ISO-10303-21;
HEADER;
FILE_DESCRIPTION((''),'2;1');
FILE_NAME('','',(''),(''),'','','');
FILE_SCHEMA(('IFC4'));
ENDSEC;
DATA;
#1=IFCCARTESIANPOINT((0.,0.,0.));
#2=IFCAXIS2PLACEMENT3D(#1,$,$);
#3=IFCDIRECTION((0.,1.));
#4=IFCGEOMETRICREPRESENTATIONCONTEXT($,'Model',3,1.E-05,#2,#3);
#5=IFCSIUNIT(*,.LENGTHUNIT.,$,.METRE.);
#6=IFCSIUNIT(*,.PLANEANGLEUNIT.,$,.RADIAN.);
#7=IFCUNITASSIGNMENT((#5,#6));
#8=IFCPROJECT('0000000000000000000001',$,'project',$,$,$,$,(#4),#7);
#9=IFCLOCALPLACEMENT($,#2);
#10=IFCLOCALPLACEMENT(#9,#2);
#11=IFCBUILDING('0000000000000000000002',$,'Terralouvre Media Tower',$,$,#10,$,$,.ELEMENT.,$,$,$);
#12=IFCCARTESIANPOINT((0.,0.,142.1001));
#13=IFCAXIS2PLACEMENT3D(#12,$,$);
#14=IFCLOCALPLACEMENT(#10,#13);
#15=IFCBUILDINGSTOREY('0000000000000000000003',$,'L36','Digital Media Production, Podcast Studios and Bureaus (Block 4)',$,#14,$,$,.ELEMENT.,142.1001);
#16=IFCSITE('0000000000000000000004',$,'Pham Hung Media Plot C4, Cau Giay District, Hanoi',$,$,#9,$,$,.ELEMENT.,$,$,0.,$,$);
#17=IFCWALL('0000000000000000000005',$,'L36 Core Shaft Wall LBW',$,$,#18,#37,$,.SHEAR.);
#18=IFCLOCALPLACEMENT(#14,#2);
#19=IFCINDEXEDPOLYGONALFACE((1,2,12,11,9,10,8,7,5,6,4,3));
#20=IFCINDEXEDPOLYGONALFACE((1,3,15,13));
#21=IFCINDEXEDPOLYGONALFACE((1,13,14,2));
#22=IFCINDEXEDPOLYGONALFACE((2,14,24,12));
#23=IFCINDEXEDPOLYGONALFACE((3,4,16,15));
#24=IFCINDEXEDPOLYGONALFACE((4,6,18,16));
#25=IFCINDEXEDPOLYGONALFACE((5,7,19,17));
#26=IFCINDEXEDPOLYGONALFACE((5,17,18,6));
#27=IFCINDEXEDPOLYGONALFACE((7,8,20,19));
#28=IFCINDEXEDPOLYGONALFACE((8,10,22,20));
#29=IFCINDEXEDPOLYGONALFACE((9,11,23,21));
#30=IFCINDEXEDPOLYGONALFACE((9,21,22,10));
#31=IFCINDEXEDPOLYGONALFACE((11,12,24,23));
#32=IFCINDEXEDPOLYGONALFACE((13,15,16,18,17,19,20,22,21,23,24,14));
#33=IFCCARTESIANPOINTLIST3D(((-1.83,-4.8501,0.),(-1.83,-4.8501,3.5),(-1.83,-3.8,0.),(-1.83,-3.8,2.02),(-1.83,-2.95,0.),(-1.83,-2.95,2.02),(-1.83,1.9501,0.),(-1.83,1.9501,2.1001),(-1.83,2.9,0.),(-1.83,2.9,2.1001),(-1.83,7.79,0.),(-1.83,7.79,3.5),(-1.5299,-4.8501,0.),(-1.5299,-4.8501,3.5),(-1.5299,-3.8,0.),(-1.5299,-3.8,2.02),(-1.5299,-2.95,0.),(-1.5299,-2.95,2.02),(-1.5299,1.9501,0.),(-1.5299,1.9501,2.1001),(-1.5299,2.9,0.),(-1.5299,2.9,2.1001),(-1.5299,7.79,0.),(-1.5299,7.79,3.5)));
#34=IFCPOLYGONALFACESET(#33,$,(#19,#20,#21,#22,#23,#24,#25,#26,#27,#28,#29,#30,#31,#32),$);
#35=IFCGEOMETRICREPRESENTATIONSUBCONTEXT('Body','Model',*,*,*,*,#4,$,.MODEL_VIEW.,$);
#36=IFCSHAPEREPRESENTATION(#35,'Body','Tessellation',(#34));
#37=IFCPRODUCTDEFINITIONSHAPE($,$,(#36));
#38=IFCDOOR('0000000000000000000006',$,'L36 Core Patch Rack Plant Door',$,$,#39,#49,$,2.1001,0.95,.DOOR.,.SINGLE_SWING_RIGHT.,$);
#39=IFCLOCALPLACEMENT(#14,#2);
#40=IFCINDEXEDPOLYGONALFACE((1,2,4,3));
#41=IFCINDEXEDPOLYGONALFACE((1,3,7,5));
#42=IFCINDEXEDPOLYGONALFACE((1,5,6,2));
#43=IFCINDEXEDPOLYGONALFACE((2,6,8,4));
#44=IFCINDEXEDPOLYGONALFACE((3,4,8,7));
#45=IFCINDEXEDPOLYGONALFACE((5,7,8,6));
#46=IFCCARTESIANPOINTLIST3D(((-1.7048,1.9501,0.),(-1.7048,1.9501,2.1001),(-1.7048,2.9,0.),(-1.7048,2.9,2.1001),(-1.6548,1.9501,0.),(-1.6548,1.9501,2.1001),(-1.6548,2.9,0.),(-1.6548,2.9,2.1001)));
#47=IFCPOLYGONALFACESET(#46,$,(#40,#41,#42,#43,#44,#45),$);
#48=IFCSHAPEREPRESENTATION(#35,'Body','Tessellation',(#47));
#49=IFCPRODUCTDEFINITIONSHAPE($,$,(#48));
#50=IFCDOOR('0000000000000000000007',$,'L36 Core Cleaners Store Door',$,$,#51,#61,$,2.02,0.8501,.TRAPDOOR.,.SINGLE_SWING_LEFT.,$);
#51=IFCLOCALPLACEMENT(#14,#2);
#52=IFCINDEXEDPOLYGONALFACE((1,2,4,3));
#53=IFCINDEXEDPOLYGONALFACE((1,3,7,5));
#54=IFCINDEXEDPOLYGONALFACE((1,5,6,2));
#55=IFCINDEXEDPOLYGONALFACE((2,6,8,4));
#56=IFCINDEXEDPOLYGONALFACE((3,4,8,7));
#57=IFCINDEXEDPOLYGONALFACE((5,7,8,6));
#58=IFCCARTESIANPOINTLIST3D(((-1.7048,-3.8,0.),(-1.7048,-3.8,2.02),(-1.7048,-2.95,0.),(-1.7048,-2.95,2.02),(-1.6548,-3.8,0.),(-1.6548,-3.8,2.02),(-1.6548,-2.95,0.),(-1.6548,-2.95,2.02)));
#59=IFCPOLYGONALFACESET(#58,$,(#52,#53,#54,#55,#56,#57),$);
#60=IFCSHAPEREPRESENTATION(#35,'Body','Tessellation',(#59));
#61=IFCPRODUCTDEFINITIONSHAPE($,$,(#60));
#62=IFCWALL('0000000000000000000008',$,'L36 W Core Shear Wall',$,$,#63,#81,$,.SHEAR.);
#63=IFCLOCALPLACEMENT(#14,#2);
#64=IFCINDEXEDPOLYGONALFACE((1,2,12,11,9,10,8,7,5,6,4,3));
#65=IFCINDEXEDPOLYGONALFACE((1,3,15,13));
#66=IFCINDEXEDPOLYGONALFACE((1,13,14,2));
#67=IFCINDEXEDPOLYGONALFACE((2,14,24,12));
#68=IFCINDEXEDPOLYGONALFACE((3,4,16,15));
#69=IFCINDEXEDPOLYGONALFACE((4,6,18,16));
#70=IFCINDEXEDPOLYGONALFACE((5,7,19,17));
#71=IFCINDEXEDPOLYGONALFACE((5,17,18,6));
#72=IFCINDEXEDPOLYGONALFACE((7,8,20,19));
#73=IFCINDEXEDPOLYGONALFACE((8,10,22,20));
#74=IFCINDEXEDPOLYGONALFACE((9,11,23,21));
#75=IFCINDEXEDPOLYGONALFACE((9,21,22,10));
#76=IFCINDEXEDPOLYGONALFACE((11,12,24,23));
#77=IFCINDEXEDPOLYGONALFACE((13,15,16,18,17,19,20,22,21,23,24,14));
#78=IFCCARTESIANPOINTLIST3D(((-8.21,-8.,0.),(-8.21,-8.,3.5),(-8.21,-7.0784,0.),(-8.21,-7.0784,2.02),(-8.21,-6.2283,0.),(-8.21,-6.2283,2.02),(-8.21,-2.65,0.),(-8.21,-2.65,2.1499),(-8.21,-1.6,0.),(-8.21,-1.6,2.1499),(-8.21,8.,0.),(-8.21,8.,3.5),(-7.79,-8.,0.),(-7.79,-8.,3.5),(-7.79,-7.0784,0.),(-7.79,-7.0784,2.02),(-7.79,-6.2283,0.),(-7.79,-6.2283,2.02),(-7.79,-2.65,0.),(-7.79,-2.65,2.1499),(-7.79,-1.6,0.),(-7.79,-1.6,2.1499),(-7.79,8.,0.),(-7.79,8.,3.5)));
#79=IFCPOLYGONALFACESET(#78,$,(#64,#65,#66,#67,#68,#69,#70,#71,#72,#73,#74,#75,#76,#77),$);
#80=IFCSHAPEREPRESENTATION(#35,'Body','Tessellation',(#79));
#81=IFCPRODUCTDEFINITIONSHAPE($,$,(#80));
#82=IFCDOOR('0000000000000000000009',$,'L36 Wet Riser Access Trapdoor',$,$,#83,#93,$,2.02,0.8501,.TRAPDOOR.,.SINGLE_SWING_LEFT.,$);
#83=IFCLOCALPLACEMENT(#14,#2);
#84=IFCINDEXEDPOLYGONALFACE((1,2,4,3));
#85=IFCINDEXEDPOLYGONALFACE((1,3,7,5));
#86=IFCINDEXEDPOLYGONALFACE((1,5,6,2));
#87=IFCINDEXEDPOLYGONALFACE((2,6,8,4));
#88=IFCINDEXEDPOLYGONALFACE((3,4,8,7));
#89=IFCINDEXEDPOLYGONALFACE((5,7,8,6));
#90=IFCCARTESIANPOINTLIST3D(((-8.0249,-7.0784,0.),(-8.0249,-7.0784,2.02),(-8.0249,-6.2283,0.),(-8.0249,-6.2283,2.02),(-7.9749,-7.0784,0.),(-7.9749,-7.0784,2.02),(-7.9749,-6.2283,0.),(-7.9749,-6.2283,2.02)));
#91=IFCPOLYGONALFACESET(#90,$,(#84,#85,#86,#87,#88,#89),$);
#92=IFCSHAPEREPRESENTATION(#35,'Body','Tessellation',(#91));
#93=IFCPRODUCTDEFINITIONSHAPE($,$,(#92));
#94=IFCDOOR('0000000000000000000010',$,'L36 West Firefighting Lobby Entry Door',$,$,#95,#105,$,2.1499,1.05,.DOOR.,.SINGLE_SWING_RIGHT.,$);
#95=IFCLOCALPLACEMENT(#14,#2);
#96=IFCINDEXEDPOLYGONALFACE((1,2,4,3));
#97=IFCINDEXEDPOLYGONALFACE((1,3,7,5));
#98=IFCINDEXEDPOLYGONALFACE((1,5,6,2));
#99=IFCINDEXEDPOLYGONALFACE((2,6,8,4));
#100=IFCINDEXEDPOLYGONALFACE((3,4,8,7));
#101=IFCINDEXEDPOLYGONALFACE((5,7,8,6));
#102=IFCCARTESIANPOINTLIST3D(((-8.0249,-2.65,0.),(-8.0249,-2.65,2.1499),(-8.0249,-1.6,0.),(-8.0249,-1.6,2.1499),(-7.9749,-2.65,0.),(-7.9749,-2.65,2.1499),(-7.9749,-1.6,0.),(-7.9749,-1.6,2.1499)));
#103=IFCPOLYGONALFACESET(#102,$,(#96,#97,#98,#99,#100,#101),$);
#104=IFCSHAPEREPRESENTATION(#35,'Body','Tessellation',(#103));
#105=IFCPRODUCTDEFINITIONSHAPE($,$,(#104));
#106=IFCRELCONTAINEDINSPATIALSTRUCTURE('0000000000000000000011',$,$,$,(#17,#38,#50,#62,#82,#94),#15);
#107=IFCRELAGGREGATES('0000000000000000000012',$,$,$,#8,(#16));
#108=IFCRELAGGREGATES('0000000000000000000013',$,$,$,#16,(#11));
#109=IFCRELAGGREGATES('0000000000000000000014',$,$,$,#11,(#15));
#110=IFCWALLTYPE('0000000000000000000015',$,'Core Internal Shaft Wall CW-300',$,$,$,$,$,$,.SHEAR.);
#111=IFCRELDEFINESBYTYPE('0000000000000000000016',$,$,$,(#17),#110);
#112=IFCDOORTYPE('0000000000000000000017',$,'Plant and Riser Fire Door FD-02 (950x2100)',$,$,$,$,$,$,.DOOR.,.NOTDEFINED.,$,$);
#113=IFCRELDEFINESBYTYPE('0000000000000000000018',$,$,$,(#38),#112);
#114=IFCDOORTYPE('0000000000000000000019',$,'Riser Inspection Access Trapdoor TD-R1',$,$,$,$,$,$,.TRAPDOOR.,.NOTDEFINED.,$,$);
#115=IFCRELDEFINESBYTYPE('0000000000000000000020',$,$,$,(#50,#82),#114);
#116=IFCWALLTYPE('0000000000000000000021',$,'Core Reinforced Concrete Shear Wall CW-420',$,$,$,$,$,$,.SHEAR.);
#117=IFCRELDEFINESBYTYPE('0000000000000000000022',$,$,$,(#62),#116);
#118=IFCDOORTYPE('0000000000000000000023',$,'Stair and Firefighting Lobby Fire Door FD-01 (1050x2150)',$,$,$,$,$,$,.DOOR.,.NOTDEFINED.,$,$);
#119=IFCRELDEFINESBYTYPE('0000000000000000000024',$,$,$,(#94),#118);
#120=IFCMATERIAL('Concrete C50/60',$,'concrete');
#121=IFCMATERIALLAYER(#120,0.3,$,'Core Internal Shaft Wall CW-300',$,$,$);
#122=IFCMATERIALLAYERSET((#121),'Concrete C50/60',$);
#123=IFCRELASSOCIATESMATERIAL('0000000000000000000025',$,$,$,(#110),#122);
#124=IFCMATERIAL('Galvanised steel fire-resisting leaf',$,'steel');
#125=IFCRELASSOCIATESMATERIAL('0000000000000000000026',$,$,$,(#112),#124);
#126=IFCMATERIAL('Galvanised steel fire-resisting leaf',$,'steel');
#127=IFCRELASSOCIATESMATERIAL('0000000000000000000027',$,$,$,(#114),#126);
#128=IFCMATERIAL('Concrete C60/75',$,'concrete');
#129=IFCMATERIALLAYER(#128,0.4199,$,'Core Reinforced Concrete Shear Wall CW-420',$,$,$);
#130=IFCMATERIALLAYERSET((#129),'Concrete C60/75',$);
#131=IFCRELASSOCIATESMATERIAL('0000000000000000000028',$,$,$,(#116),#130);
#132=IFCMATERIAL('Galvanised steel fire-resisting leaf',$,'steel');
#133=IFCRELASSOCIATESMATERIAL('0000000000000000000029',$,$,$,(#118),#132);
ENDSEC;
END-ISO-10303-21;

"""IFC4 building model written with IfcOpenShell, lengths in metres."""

from ifc_helpers import new_model, si_unit, direction, frame, frame_2d, origin, place, context, subcontext, project, spatial, rectangle, extrude, material, layer, layer_set, type_object, element, fill, save


model = new_model("IFC4")

# Units and contexts
model_context = context("Model", 3, precision=1e-05, world=origin(), true_north=direction((0.0, 1.0)))
body_context = subcontext(model_context, "Body", "Model", "MODEL_VIEW")
ifc_project = project(units=[si_unit("LENGTHUNIT", "METRE"), si_unit("PLANEANGLEUNIT", "RADIAN")], contexts=[model_context])

# Site, building, storey
site_placement = place(None, origin())
site = spatial("IfcSite", under=ifc_project, at=site_placement, Name="Pham Hung Media Plot C4, Cau Giay District, Hanoi", CompositionType="ELEMENT", RefElevation=0.0)
building_placement = place(site_placement, origin())
building = spatial("IfcBuilding", under=site, at=building_placement, Name="Terralouvre Media Tower", CompositionType="ELEMENT")
storey_placement = place(building_placement, frame((0.0, 0.0, 142.1001)))
storey = spatial("IfcBuildingStorey", under=building, at=storey_placement, Name="L36", Description="Digital Media Production, Podcast Studios and Bureaus (Block 4)", CompositionType="ELEMENT", Elevation=142.1001)

# Shared definitions
ifc_material_1 = material(Name="Concrete C50/60", Category="concrete")
ifc_layer_1 = layer(ifc_material_1, 0.3, Name="Core Internal Shaft Wall CW-300")
ifc_layer_set_1 = layer_set([ifc_layer_1], Name="Concrete C50/60")
wall_type_1 = type_object("IfcWallType", Name="Core Internal Shaft Wall CW-300", PredefinedType="SHEAR", material=ifc_layer_set_1)

# Walls, openings, doors
wall_1_placement = place(storey_placement, frame((-1.6799, -4.8501, 0.0), z_axis=(0.0, 0.0, 1.0), x_axis=(0.0, 1.0, 0.0)))
wall_1 = element("IfcWall", 1, at=wall_1_placement, inside=storey, type_object=wall_type_1, Name="L36 Core Shaft Wall LBW", PredefinedType="SHEAR", context=body_context, shape_type="SweptSolid", body=[
    extrude(rectangle(XDim=12.6401, YDim=0.3, at=frame_2d((6.3201, 0.0))), origin(), (0.0, 0.0, 1.0), 3.5),
])
opening_1_placement = place(wall_1_placement, frame((1.05, 0.0, 0.0)))
opening_1 = element("IfcOpeningElement", 2, at=opening_1_placement, cuts=wall_1, PredefinedType="OPENING", context=body_context, shape_type="SweptSolid", body=[
    extrude(rectangle(XDim=0.8501, YDim=2.02, at=frame_2d((0.425, 1.01))), frame((0.0, 0.1599, 0.0), z_axis=(0.0, -1.0, 0.0), x_axis=(1.0, 0.0, 0.0)), (0.0, 0.0, 1.0), 0.3201),
])
opening_2_placement = place(wall_1_placement, frame((6.8, 0.0, 0.0)))
opening_2 = element("IfcOpeningElement", 3, at=opening_2_placement, cuts=wall_1, PredefinedType="OPENING", context=body_context, shape_type="SweptSolid", body=[
    extrude(rectangle(XDim=0.95, YDim=2.1001, at=frame_2d((0.4751, 1.05))), frame((0.0, 0.1599, 0.0), z_axis=(0.0, -1.0, 0.0), x_axis=(1.0, 0.0, 0.0)), (0.0, 0.0, 1.0), 0.3201),
])
ifc_material_2 = material(Name="Galvanised steel fire-resisting leaf", Category="steel")
door_type_1 = type_object("IfcDoorType", Name="Plant and Riser Fire Door FD-02 (950x2100)", OperationType="NOTDEFINED", PredefinedType="DOOR", material=ifc_material_2)
door_1_placement = place(opening_2_placement, origin())
door_1 = element("IfcDoor", 4, at=door_1_placement, inside=storey, type_object=door_type_1, Name="L36 Core Patch Rack Plant Door", OperationType="SINGLE_SWING_RIGHT", OverallHeight=2.1001, OverallWidth=0.95, PredefinedType="DOOR", context=body_context, shape_type="SweptSolid", body=[
    extrude(rectangle(XDim=0.95, YDim=2.1001, at=frame_2d((0.4751, 1.05))), frame((0.0, 0.0249, 0.0), z_axis=(0.0, -1.0, 0.0), x_axis=(1.0, 0.0, 0.0)), (0.0, 0.0, 1.0), 0.05),
])
fill(opening_2, door_1)
ifc_material_3 = material(Name="Galvanised steel fire-resisting leaf", Category="steel")
door_type_2 = type_object("IfcDoorType", Name="Riser Inspection Access Trapdoor TD-R1", OperationType="NOTDEFINED", PredefinedType="TRAPDOOR", material=ifc_material_3)
door_2_placement = place(opening_1_placement, origin())
door_2 = element("IfcDoor", 5, at=door_2_placement, inside=storey, type_object=door_type_2, Name="L36 Core Cleaners Store Door", OperationType="SINGLE_SWING_LEFT", OverallHeight=2.02, OverallWidth=0.8501, PredefinedType="TRAPDOOR", context=body_context, shape_type="SweptSolid", body=[
    extrude(rectangle(XDim=0.8501, YDim=2.02, at=frame_2d((0.425, 1.01))), frame((0.0, 0.0249, 0.0), z_axis=(0.0, -1.0, 0.0), x_axis=(1.0, 0.0, 0.0)), (0.0, 0.0, 1.0), 0.05),
])
fill(opening_1, door_2)
ifc_material_4 = material(Name="Concrete C60/75", Category="concrete")
ifc_layer_2 = layer(ifc_material_4, 0.4199, Name="Core Reinforced Concrete Shear Wall CW-420")
ifc_layer_set_2 = layer_set([ifc_layer_2], Name="Concrete C60/75")
wall_type_2 = type_object("IfcWallType", Name="Core Reinforced Concrete Shear Wall CW-420", PredefinedType="SHEAR", material=ifc_layer_set_2)
wall_2_placement = place(storey_placement, frame((-8.0, -8.0, 0.0), z_axis=(0.0, 0.0, 1.0), x_axis=(0.0, 1.0, 0.0)))
wall_2 = element("IfcWall", 6, at=wall_2_placement, inside=storey, type_object=wall_type_2, Name="L36 W Core Shear Wall", PredefinedType="SHEAR", context=body_context, shape_type="SweptSolid", body=[
    extrude(rectangle(XDim=16.0, YDim=0.4199, at=frame_2d((8.0, 0.0))), origin(), (0.0, 0.0, 1.0), 3.5),
])
opening_3_placement = place(wall_2_placement, frame((0.9216, 0.0, 0.0)))
opening_3 = element("IfcOpeningElement", 7, at=opening_3_placement, cuts=wall_2, PredefinedType="OPENING", context=body_context, shape_type="SweptSolid", body=[
    extrude(rectangle(XDim=0.8501, YDim=2.02, at=frame_2d((0.425, 1.01))), frame((0.0, 0.22, 0.0), z_axis=(0.0, -1.0, 0.0), x_axis=(1.0, 0.0, 0.0)), (0.0, 0.0, 1.0), 0.4399),
])
opening_4_placement = place(wall_2_placement, frame((5.3501, 0.0, 0.0)))
opening_4 = element("IfcOpeningElement", 8, at=opening_4_placement, cuts=wall_2, PredefinedType="OPENING", context=body_context, shape_type="SweptSolid", body=[
    extrude(rectangle(XDim=1.05, YDim=2.1499, at=frame_2d((0.5249, 1.075))), frame((0.0, 0.22, 0.0), z_axis=(0.0, -1.0, 0.0), x_axis=(1.0, 0.0, 0.0)), (0.0, 0.0, 1.0), 0.4399),
])
door_3_placement = place(opening_3_placement, origin())
door_3 = element("IfcDoor", 9, at=door_3_placement, inside=storey, type_object=door_type_2, Name="L36 Wet Riser Access Trapdoor", OperationType="SINGLE_SWING_LEFT", OverallHeight=2.02, OverallWidth=0.8501, PredefinedType="TRAPDOOR", context=body_context, shape_type="SweptSolid", body=[
    extrude(rectangle(XDim=0.8501, YDim=2.02, at=frame_2d((0.425, 1.01))), frame((0.0, 0.0249, 0.0), z_axis=(0.0, -1.0, 0.0), x_axis=(1.0, 0.0, 0.0)), (0.0, 0.0, 1.0), 0.05),
])
fill(opening_3, door_3)
ifc_material_5 = material(Name="Galvanised steel fire-resisting leaf", Category="steel")
door_type_3 = type_object("IfcDoorType", Name="Stair and Firefighting Lobby Fire Door FD-01 (1050x2150)", OperationType="NOTDEFINED", PredefinedType="DOOR", material=ifc_material_5)
door_4_placement = place(opening_4_placement, origin())
door_4 = element("IfcDoor", 10, at=door_4_placement, inside=storey, type_object=door_type_3, Name="L36 West Firefighting Lobby Entry Door", OperationType="SINGLE_SWING_RIGHT", OverallHeight=2.1499, OverallWidth=1.05, PredefinedType="DOOR", context=body_context, shape_type="SweptSolid", body=[
    extrude(rectangle(XDim=1.05, YDim=2.1499, at=frame_2d((0.5249, 1.075))), frame((0.0, 0.0249, 0.0), z_axis=(0.0, -1.0, 0.0), x_axis=(1.0, 0.0, 0.0)), (0.0, 0.0, 1.0), 0.05),
])
fill(opening_4, door_4)

save(model, "model.ifc")
